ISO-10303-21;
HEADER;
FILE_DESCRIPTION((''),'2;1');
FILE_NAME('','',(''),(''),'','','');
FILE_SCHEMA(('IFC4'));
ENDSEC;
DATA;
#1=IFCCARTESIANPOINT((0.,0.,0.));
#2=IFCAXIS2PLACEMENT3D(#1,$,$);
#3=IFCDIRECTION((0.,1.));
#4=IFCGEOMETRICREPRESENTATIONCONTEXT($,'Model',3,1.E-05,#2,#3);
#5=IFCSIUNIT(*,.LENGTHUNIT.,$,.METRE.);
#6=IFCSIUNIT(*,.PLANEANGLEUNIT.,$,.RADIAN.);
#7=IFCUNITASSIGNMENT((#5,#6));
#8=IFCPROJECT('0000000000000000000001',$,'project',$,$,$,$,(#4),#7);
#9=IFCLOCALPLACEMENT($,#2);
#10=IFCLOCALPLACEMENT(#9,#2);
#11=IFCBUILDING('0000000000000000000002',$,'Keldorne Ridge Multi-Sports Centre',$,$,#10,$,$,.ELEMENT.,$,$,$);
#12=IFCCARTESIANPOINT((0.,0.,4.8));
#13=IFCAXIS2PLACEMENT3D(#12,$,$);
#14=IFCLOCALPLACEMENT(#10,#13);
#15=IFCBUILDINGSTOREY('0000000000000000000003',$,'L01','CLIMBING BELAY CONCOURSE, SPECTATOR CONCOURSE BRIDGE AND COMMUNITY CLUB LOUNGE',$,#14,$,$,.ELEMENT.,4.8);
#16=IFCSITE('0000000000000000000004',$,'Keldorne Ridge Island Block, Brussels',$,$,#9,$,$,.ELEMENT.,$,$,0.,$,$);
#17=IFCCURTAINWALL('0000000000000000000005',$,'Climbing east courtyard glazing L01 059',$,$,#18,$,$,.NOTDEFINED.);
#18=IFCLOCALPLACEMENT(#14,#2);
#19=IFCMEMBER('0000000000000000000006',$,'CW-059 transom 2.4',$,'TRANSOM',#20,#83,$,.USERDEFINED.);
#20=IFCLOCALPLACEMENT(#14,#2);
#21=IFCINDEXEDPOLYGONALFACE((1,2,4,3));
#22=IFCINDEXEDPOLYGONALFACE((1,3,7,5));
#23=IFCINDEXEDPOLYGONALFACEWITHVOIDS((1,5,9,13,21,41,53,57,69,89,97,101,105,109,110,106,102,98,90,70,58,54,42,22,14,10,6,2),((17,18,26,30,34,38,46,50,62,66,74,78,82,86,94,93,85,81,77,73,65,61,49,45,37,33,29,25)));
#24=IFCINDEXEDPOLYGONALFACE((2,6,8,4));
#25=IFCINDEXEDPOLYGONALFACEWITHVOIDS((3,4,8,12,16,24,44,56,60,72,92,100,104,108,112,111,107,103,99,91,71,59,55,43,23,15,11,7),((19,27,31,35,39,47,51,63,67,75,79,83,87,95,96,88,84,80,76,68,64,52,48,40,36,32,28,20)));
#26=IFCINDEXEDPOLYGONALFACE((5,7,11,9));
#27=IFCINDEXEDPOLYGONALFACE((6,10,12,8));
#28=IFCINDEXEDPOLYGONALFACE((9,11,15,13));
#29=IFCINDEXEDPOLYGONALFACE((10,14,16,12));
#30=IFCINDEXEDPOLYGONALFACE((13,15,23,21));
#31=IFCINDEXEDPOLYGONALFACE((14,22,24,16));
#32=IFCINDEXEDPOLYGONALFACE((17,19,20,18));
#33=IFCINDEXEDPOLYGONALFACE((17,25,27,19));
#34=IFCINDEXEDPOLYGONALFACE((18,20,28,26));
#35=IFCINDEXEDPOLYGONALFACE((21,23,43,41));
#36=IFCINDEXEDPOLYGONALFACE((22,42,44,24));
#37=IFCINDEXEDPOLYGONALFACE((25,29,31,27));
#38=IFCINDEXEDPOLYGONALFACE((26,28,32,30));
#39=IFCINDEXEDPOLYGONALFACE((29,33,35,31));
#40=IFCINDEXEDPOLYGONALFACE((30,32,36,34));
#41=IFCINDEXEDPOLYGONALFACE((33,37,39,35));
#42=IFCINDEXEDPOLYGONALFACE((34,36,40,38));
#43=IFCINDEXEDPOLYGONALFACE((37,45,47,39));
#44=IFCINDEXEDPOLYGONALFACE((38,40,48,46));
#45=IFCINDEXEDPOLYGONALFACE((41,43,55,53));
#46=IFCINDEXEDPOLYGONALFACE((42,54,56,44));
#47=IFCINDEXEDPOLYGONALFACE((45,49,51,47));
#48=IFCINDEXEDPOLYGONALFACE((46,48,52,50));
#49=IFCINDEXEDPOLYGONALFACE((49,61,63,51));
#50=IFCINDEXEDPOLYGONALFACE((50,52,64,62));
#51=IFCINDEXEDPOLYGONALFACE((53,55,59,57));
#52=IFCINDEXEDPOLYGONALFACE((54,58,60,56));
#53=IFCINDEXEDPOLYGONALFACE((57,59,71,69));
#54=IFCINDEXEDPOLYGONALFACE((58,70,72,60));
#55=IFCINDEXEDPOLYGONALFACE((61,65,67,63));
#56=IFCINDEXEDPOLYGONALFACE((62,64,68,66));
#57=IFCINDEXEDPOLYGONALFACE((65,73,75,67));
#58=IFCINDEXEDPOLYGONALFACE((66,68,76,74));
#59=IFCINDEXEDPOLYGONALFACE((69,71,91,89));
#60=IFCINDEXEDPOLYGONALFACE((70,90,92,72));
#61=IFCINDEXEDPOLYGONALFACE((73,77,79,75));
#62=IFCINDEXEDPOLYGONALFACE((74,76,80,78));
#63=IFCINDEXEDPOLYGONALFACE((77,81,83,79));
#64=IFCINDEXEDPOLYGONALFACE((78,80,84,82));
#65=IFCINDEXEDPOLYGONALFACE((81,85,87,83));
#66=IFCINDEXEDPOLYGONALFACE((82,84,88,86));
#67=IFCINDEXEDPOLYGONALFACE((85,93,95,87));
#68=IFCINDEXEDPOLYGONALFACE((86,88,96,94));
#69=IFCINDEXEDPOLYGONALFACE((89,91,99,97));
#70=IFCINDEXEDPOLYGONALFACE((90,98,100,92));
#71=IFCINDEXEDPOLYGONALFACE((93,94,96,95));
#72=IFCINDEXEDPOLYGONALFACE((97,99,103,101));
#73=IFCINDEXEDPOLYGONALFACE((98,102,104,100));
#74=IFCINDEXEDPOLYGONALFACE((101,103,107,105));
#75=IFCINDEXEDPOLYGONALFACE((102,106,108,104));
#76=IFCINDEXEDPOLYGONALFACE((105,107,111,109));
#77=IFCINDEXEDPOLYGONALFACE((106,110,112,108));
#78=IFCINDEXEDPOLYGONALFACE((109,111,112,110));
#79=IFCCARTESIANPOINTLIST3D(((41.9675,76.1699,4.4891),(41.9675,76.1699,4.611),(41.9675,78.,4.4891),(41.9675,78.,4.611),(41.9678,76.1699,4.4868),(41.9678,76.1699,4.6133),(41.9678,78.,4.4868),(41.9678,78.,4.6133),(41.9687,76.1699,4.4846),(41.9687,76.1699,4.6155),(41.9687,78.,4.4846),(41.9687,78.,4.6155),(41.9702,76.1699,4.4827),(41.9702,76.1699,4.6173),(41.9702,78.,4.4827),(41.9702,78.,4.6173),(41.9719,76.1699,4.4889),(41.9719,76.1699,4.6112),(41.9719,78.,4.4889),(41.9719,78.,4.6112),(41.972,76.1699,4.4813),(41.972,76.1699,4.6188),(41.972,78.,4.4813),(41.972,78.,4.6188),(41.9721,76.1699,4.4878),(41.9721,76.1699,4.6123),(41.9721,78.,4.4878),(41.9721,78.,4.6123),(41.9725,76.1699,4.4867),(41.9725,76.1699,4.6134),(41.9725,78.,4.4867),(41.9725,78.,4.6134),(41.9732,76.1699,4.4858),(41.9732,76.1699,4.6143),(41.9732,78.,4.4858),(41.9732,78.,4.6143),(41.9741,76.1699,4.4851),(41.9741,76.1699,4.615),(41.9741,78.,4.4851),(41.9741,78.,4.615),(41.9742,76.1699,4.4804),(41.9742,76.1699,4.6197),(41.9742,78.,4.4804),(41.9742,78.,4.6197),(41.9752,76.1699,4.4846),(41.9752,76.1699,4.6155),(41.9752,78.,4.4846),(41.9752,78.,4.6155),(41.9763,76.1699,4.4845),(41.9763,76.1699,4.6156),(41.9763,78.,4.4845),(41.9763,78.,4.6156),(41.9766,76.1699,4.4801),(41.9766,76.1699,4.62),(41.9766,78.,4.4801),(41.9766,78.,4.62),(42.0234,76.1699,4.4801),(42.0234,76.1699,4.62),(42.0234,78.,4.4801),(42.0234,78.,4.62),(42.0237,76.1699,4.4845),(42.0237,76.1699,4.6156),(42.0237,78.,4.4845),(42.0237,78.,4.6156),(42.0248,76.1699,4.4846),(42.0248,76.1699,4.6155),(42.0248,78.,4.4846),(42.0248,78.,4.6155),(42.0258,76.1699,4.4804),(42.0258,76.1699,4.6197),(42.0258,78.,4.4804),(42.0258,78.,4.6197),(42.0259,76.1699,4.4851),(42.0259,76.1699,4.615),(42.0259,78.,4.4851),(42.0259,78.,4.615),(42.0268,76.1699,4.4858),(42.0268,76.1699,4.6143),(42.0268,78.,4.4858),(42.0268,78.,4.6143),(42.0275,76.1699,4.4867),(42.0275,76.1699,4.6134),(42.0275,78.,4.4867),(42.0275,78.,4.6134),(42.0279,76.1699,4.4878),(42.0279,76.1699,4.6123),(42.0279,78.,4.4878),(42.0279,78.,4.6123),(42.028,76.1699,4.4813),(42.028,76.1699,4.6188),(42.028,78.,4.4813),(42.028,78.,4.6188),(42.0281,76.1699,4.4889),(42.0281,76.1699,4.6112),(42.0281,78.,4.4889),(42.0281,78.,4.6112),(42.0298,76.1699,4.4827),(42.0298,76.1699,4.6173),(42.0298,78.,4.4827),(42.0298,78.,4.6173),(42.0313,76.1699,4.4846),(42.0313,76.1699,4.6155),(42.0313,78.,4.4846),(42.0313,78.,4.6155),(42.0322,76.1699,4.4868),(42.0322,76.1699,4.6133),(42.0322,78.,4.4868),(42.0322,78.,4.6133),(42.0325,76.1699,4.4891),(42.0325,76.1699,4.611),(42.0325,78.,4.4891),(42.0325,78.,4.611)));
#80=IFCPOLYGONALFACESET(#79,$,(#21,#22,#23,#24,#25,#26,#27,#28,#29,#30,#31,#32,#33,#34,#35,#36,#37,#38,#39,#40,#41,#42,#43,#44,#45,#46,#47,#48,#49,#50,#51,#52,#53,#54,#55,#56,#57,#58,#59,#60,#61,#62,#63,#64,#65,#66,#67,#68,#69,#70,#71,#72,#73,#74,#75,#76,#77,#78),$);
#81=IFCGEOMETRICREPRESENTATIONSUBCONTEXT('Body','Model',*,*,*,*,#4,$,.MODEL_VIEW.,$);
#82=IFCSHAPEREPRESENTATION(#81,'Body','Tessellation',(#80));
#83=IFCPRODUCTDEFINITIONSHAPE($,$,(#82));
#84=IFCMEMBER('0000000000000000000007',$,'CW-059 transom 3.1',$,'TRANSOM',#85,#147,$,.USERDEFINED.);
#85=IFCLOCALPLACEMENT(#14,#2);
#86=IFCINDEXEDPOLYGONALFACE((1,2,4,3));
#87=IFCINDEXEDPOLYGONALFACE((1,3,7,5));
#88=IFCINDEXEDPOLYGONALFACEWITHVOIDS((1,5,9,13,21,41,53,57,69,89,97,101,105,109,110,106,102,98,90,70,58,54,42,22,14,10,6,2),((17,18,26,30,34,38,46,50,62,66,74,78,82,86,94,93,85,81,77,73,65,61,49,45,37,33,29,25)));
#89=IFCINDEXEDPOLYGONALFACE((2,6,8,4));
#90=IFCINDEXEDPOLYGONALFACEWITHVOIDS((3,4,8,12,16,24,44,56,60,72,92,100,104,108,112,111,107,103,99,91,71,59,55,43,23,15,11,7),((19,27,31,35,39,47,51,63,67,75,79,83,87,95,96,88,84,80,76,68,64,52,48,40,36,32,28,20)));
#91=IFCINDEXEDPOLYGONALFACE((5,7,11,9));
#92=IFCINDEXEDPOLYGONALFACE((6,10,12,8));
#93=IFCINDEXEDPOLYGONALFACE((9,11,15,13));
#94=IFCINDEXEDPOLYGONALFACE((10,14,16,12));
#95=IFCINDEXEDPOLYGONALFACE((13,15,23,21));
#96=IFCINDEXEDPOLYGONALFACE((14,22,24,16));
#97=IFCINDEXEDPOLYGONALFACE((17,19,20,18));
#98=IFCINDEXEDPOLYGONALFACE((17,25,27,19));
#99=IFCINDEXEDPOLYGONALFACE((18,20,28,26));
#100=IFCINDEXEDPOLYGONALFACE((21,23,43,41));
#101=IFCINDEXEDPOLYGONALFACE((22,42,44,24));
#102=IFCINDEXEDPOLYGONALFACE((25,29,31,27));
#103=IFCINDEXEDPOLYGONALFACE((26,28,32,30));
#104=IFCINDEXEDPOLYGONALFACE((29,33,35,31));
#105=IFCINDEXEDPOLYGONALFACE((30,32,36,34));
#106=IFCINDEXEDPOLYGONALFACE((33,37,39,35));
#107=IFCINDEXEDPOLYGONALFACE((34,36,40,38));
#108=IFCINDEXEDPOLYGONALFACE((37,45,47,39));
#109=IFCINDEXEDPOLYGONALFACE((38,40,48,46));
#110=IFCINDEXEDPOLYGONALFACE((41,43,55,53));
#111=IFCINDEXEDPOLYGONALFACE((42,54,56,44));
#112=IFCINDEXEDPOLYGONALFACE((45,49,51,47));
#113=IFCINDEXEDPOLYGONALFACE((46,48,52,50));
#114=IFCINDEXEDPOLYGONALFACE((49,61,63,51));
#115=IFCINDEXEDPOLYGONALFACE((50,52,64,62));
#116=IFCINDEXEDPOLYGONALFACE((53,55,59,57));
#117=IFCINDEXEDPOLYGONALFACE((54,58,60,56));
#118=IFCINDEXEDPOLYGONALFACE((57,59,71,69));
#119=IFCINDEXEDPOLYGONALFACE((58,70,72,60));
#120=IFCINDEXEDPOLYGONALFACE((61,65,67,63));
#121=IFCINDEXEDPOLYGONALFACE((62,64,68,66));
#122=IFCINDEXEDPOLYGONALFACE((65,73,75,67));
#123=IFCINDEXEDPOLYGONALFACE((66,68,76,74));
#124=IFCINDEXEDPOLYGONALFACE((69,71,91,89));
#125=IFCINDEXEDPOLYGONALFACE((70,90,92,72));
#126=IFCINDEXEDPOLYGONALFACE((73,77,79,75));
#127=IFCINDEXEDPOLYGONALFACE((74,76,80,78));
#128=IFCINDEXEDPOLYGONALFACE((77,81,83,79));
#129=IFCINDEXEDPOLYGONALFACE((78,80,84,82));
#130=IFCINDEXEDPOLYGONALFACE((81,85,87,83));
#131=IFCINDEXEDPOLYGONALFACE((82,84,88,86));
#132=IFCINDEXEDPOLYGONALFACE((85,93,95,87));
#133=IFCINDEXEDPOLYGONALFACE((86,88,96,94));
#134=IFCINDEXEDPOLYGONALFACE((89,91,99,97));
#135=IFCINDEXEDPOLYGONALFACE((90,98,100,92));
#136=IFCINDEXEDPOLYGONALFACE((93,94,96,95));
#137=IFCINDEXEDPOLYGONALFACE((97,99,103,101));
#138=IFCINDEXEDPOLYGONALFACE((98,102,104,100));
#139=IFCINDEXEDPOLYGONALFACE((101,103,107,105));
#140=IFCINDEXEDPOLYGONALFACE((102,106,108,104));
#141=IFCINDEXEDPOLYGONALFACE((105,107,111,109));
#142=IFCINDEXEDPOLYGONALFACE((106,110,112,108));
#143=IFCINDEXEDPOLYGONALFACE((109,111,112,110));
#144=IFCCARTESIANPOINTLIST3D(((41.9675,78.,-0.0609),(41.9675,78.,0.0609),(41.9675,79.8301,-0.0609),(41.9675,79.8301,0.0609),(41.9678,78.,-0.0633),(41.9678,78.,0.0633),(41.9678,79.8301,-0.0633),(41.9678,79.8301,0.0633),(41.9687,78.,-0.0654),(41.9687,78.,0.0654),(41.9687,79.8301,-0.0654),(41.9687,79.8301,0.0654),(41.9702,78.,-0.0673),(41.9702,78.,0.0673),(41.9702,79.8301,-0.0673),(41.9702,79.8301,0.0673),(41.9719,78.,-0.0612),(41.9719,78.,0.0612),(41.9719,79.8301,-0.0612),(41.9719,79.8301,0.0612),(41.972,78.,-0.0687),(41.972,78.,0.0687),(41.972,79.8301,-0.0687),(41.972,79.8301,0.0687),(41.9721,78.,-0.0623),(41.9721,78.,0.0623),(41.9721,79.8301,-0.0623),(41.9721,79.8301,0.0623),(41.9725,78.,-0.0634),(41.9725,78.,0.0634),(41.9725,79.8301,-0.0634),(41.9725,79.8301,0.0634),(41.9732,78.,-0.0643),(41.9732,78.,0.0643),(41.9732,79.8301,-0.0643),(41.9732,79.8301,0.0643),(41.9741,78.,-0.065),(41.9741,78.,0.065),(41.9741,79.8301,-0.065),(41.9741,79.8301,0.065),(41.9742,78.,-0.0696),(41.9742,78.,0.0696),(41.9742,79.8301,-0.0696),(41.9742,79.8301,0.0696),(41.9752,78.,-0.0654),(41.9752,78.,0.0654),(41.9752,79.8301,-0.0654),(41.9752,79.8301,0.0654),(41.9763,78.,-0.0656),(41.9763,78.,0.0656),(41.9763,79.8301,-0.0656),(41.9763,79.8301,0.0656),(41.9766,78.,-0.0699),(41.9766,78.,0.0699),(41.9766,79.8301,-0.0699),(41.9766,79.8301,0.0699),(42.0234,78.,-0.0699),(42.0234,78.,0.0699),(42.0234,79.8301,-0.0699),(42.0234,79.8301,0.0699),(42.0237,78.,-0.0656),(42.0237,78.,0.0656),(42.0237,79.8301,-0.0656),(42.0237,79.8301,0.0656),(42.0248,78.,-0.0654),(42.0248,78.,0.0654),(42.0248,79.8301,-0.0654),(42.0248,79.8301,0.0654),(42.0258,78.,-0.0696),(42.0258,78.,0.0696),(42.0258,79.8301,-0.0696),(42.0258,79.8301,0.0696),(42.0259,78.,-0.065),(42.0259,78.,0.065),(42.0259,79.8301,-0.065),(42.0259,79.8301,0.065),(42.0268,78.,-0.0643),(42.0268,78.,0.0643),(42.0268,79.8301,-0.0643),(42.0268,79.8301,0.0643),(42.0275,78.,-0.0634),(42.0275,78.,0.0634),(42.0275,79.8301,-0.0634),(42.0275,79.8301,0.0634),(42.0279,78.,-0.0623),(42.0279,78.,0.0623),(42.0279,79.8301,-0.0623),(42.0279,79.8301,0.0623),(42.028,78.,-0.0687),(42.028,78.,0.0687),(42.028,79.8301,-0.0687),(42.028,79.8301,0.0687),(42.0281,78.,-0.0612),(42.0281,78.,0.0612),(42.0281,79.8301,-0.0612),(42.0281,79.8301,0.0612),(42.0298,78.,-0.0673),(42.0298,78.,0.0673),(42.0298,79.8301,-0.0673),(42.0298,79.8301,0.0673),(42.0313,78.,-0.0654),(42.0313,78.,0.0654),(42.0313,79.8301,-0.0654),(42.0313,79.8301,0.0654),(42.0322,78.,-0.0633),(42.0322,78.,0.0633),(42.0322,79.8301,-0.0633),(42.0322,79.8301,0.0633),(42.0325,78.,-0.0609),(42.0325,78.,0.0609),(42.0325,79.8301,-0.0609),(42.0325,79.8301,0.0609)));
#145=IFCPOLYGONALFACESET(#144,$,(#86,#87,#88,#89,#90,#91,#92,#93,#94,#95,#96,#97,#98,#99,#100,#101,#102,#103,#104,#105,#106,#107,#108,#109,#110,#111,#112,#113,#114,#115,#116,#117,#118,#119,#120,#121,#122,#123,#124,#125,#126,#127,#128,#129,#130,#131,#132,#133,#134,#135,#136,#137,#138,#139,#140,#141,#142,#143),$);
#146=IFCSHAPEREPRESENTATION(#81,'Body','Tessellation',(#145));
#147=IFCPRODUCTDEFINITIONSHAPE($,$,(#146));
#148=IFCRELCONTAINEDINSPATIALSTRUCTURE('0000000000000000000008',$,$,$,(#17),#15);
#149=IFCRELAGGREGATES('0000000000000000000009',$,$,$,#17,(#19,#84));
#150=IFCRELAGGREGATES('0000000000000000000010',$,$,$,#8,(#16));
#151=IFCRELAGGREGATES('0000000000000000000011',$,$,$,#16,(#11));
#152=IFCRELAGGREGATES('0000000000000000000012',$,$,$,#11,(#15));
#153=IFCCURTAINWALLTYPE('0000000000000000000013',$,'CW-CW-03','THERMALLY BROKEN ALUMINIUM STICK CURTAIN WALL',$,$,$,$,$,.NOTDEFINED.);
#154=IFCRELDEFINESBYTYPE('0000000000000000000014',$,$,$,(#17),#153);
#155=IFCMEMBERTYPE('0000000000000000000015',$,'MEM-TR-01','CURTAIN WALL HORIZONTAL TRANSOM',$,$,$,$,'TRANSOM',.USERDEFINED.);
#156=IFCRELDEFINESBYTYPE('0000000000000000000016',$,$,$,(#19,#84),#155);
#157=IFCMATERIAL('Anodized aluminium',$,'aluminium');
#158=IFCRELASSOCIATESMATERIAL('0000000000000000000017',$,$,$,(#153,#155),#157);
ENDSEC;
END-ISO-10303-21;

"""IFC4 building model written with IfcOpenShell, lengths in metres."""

from ifc_helpers import new_model, si_unit, direction, frame, origin, origin_2d, place, context, subcontext, project, spatial, hollow_rectangle, extrude, material, material_profile, profile_set, type_object, element, aggregate, save


model = new_model("IFC4")

# Units and contexts
model_context = context("Model", 3, precision=1e-05, world=origin(), true_north=direction((0.0, 1.0)))
body_context = subcontext(model_context, "Body", "Model", "MODEL_VIEW")
ifc_project = project(units=[si_unit("LENGTHUNIT", "METRE"), si_unit("PLANEANGLEUNIT", "RADIAN")], contexts=[model_context])

# Site, building, storey
site_placement = place(None, origin())
site = spatial("IfcSite", under=ifc_project, at=site_placement, Name="Keldorne Ridge Island Block, Brussels", CompositionType="ELEMENT", RefElevation=0.0)
building_placement = place(site_placement, origin())
building = spatial("IfcBuilding", under=site, at=building_placement, Name="Keldorne Ridge Multi-Sports Centre", CompositionType="ELEMENT")
storey_placement = place(building_placement, frame((0.0, 0.0, 4.8)))
storey = spatial("IfcBuildingStorey", under=building, at=storey_placement, Name="L01", Description="CLIMBING BELAY CONCOURSE, SPECTATOR CONCOURSE BRIDGE AND COMMUNITY CLUB LOUNGE", CompositionType="ELEMENT", Elevation=4.8)

# Curtain wall
ifc_material_1 = material(Name="Anodized aluminium", Category="aluminium")
curtain_wall_type_1 = type_object("IfcCurtainWallType", Name="CW-CW-03", Description="THERMALLY BROKEN ALUMINIUM STICK CURTAIN WALL", PredefinedType="NOTDEFINED", material=ifc_material_1)
curtain_wall_1_placement = place(storey_placement, origin())
curtain_wall_1 = element("IfcCurtainWall", 1, at=curtain_wall_1_placement, inside=storey, type_object=curtain_wall_type_1, Name="Climbing east courtyard glazing L01 059", PredefinedType="NOTDEFINED")
ifc_material_profile_1 = material_profile(ifc_material_1, hollow_rectangle(XDim=0.0649, YDim=0.1399, WallThickness=0.0044, InnerFilletRadius=0.0044, OuterFilletRadius=0.009, at=origin_2d()), Name="ALU TRANSOM 140x65x4.5")
ifc_profile_set_1 = profile_set([ifc_material_profile_1], Name="Anodized aluminium")
member_type_1 = type_object("IfcMemberType", Name="MEM-TR-01", Description="CURTAIN WALL HORIZONTAL TRANSOM", ElementType="TRANSOM", PredefinedType="USERDEFINED", material=ifc_profile_set_1)

# Members
member_1_placement = place(storey_placement, frame((42.0, 76.1699, 4.55), z_axis=(0.0, 1.0, 0.0), x_axis=(-1.0, 0.0, 0.0)))
member_1 = element("IfcMember", 2, at=member_1_placement, type_object=member_type_1, Name="CW-059 transom 2.4", ObjectType="TRANSOM", PredefinedType="USERDEFINED", context=body_context, shape_type="SweptSolid", body=[
    extrude(hollow_rectangle(XDim=0.0649, YDim=0.1399, WallThickness=0.0044, InnerFilletRadius=0.0044, OuterFilletRadius=0.009, at=origin_2d()), origin(), (0.0, 0.0, 1.0), 1.8301),
])
member_2_placement = place(storey_placement, frame((42.0, 78.0, 0.0), z_axis=(0.0, 1.0, 0.0), x_axis=(-1.0, 0.0, 0.0)))
member_2 = element("IfcMember", 3, at=member_2_placement, type_object=member_type_1, Name="CW-059 transom 3.1", ObjectType="TRANSOM", PredefinedType="USERDEFINED", context=body_context, shape_type="SweptSolid", body=[
    extrude(hollow_rectangle(XDim=0.0649, YDim=0.1399, WallThickness=0.0044, InnerFilletRadius=0.0044, OuterFilletRadius=0.009, at=origin_2d()), origin(), (0.0, 0.0, 1.0), 1.8301),
])

aggregate(curtain_wall_1, [member_1, member_2])

save(model, "model.ifc")
